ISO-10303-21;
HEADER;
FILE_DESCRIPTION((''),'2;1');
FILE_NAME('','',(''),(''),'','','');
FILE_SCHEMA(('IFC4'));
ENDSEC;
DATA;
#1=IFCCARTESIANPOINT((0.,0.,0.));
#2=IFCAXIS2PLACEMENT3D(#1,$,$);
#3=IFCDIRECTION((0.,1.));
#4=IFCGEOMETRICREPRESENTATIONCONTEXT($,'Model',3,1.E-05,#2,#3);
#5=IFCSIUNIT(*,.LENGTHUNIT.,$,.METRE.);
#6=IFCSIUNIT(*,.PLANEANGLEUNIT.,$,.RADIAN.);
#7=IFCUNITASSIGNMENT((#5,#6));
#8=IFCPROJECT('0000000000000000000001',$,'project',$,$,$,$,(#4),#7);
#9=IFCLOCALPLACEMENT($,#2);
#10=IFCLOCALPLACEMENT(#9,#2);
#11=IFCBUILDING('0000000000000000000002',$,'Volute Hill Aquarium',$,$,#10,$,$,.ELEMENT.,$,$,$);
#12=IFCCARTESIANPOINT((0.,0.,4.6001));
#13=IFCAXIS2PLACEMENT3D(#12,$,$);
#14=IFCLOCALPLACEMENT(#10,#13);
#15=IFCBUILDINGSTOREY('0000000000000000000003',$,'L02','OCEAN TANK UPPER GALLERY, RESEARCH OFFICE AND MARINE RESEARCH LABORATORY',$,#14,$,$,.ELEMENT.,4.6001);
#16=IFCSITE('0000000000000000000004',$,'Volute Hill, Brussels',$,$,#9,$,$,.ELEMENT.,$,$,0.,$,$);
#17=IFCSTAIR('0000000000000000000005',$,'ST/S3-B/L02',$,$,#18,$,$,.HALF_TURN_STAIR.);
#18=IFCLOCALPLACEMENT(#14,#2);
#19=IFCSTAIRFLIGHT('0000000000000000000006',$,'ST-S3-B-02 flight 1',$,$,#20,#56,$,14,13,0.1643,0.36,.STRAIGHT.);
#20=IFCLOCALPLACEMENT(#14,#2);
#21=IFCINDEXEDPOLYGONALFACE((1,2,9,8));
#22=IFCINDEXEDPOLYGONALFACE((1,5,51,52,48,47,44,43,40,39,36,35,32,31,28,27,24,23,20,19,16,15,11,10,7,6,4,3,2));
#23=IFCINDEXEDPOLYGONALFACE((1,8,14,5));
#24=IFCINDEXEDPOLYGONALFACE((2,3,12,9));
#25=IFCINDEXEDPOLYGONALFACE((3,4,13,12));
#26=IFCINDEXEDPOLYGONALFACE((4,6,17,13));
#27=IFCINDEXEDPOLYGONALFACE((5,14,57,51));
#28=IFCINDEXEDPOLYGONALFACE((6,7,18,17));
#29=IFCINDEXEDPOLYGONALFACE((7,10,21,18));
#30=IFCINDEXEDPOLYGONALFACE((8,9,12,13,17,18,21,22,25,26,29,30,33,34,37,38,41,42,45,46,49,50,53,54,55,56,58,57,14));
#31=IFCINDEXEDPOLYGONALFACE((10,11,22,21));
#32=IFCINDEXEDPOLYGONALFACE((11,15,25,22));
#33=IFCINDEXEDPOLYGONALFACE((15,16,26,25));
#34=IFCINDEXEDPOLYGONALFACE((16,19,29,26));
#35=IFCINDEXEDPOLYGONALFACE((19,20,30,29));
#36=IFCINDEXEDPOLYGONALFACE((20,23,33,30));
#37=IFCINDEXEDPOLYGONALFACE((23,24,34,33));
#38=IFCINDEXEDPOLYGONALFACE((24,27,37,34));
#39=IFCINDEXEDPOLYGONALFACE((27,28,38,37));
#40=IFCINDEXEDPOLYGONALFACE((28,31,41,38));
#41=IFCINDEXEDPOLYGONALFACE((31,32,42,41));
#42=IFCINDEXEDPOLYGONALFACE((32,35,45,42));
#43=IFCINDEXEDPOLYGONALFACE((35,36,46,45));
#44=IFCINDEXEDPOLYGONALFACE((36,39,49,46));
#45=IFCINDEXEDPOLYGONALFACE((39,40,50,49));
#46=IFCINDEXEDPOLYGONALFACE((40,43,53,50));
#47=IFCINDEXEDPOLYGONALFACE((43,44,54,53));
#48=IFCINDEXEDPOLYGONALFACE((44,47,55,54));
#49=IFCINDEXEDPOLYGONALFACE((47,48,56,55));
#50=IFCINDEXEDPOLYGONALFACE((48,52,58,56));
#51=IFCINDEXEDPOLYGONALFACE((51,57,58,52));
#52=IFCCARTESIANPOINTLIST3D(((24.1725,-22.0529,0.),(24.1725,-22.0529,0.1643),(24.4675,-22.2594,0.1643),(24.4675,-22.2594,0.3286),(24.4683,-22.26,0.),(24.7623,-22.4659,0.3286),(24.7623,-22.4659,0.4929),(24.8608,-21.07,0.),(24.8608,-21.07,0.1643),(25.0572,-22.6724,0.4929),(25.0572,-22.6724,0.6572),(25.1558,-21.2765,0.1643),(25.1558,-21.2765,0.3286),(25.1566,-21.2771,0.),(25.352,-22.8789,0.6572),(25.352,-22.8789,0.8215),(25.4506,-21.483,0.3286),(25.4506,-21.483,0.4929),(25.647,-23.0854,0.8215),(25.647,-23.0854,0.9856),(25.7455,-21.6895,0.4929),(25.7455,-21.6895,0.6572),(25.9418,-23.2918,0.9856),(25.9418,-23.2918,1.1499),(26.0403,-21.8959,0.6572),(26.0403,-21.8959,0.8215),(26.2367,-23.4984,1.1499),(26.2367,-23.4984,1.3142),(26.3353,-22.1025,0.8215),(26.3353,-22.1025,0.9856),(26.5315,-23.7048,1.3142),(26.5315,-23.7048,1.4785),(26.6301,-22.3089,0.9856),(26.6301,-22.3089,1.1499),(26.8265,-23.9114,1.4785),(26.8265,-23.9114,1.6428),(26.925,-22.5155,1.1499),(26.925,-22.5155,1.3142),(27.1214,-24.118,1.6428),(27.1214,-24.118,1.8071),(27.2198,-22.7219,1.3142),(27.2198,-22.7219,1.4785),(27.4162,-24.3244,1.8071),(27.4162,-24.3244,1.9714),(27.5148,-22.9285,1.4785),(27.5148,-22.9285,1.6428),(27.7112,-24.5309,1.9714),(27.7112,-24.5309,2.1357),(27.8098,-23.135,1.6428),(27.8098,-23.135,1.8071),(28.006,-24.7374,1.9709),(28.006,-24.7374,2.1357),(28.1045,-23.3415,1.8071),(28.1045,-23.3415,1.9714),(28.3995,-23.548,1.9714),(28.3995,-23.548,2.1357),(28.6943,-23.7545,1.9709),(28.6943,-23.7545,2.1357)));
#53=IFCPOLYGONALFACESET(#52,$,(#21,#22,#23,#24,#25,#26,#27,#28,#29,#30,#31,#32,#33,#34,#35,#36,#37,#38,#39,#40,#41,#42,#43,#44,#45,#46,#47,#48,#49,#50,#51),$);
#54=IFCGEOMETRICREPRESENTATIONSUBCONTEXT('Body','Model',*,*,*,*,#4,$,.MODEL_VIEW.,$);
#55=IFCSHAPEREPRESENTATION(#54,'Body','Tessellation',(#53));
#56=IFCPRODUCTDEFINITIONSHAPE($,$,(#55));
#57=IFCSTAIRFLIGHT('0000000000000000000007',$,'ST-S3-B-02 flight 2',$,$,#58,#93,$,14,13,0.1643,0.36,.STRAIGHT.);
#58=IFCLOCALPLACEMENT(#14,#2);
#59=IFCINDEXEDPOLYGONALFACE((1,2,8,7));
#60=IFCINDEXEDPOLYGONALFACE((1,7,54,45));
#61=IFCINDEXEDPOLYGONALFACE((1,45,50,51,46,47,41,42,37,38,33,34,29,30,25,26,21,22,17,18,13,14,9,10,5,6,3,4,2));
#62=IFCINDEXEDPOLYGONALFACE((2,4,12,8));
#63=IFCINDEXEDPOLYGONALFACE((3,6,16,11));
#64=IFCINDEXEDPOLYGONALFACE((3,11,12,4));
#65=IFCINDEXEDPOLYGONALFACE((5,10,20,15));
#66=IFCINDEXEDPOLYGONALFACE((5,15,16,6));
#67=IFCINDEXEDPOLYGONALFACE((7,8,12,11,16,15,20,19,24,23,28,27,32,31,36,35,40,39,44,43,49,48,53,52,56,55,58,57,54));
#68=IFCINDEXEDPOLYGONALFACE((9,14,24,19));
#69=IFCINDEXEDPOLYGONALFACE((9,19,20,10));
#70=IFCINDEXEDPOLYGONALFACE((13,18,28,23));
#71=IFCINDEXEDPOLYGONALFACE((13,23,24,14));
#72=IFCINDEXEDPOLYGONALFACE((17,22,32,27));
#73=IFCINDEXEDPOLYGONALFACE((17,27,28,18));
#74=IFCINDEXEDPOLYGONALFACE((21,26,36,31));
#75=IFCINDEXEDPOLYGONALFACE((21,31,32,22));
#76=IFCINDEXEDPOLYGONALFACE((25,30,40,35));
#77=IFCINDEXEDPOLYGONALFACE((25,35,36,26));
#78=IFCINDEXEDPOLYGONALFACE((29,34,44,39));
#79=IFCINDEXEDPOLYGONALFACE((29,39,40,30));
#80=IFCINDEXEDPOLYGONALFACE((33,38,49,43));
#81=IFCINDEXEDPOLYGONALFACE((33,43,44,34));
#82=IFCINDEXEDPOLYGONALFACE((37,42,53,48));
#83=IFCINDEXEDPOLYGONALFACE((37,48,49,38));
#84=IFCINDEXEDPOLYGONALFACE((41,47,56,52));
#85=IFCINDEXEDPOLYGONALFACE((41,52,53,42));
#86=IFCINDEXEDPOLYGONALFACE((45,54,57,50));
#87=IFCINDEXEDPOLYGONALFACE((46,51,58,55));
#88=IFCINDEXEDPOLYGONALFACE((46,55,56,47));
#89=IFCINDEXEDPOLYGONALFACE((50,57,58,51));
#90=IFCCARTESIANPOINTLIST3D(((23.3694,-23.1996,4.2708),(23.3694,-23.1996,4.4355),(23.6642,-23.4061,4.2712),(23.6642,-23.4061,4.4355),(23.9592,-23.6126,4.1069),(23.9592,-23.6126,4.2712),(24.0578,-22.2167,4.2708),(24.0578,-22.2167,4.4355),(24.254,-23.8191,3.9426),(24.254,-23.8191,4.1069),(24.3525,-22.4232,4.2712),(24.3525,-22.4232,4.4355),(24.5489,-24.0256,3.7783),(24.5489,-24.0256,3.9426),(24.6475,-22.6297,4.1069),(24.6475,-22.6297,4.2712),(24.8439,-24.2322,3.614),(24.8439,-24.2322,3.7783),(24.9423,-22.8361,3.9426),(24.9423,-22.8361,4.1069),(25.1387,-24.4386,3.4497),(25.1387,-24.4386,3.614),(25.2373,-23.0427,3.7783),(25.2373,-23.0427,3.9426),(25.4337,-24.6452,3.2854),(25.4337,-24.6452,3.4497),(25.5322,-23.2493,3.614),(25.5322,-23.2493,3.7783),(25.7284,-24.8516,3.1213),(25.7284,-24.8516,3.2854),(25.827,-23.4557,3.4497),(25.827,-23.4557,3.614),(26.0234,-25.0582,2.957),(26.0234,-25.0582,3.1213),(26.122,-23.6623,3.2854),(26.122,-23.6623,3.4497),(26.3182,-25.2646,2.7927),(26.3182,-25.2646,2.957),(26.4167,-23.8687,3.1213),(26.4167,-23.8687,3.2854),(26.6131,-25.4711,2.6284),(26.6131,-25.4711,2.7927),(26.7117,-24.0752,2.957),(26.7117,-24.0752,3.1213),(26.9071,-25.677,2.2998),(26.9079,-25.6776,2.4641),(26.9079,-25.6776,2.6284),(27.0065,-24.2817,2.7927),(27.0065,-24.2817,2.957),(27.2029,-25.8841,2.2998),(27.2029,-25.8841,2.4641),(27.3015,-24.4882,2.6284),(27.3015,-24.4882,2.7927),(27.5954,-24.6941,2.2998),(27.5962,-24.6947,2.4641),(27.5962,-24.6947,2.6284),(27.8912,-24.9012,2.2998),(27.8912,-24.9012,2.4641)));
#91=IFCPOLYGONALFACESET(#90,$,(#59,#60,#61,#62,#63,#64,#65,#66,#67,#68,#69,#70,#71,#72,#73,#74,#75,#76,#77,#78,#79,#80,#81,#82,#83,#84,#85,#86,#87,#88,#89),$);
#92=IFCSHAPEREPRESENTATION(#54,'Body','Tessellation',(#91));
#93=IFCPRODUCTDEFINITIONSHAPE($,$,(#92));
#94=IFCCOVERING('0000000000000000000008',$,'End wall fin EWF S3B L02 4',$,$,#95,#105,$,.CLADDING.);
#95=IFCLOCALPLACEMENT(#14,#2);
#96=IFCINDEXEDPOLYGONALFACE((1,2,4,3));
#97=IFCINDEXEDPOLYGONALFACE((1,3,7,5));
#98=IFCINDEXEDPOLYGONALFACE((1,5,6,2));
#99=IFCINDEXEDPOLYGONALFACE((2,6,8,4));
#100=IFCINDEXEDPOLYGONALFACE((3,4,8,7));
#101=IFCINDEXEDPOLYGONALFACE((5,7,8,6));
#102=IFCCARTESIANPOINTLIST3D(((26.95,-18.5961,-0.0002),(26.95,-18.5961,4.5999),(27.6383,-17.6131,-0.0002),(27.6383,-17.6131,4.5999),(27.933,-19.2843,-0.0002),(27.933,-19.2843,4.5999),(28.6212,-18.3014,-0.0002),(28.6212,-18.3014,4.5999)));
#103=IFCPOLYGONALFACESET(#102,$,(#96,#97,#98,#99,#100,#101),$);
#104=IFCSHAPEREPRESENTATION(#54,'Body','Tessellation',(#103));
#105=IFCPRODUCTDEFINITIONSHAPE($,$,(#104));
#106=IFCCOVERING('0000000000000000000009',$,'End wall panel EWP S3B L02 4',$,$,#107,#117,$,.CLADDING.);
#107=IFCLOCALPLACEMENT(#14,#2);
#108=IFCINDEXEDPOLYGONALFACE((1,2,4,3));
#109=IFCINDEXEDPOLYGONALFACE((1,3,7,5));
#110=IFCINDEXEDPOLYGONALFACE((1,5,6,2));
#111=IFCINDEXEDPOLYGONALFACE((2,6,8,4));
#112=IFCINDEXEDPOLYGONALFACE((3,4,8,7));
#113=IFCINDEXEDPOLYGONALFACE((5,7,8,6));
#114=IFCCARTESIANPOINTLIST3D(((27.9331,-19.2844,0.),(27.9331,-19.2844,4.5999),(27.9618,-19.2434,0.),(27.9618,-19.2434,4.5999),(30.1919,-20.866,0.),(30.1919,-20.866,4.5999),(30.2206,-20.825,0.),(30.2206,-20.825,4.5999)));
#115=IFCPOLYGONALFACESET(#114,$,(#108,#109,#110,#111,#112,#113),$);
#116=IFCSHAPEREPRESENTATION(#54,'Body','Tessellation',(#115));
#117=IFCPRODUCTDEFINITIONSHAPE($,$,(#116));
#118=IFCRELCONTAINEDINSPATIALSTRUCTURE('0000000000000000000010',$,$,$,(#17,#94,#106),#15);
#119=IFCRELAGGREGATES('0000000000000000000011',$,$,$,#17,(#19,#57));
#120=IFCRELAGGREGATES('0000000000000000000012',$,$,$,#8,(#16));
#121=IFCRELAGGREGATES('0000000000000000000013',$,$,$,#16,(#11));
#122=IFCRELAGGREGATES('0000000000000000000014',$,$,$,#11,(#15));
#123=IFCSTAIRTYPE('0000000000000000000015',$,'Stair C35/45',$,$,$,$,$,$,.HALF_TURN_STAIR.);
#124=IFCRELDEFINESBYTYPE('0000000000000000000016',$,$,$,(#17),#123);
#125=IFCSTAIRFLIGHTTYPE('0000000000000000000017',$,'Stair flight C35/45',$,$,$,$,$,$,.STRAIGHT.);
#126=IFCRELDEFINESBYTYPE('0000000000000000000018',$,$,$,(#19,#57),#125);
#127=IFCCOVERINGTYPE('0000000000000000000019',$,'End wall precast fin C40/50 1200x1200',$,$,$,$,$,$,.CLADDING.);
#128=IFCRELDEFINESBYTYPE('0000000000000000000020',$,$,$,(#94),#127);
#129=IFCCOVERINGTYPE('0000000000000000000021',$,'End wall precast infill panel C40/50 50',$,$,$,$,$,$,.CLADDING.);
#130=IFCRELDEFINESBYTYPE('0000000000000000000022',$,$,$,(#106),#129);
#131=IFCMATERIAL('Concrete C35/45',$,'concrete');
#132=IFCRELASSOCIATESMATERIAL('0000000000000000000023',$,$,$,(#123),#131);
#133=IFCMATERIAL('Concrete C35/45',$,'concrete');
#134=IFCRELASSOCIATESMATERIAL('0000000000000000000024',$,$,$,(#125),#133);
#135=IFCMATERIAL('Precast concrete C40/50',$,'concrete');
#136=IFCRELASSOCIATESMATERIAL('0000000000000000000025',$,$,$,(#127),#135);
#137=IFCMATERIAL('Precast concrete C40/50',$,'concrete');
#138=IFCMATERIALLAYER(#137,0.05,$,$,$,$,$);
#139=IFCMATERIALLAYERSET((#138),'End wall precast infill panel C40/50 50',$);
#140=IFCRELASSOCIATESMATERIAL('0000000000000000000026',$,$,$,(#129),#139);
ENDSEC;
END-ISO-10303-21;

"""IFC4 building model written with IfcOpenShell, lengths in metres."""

from ifc_helpers import new_model, si_unit, direction, frame, origin, origin_2d, place, context, subcontext, project, spatial, polyline, rectangle, outline, extrude, material, layer, layer_set, type_object, element, aggregate, save


model = new_model("IFC4")

# Units and contexts
model_context = context("Model", 3, precision=1e-05, world=origin(), true_north=direction((0.0, 1.0)))
body_context = subcontext(model_context, "Body", "Model", "MODEL_VIEW")
ifc_project = project(units=[si_unit("LENGTHUNIT", "METRE"), si_unit("PLANEANGLEUNIT", "RADIAN")], contexts=[model_context])

# Site, building, storey
site_placement = place(None, origin())
site = spatial("IfcSite", under=ifc_project, at=site_placement, Name="Volute Hill, Brussels", CompositionType="ELEMENT", RefElevation=0.0)
building_placement = place(site_placement, origin())
building = spatial("IfcBuilding", under=site, at=building_placement, Name="Volute Hill Aquarium", CompositionType="ELEMENT")
storey_placement = place(building_placement, frame((0.0, 0.0, 4.6001)))
storey = spatial("IfcBuildingStorey", under=building, at=storey_placement, Name="L02", Description="OCEAN TANK UPPER GALLERY, RESEARCH OFFICE AND MARINE RESEARCH LABORATORY", CompositionType="ELEMENT", Elevation=4.6001)

# Stair, stair flights
ifc_material_1 = material(Name="Concrete C35/45", Category="concrete")
stair_type = type_object("IfcStairType", Name="Stair C35/45", PredefinedType="HALF_TURN_STAIR", material=ifc_material_1)
stair_placement = place(storey_placement, origin())
stair = element("IfcStair", 1, at=stair_placement, inside=storey, type_object=stair_type, Name="ST/S3-B/L02", PredefinedType="HALF_TURN_STAIR")
ifc_material_2 = material(Name="Concrete C35/45", Category="concrete")
stair_flight_type = type_object("IfcStairFlightType", Name="Stair flight C35/45", PredefinedType="STRAIGHT", material=ifc_material_2)
stair_flight_1_placement = place(storey_placement, frame((24.5166, -21.5615, 0.0), z_axis=(0.0, 0.0, 1.0), x_axis=(0.819124, -0.573617, 0.0)))
stair_flight_1 = element("IfcStairFlight", 2, at=stair_flight_1_placement, type_object=stair_flight_type, Name="ST-S3-B-02 flight 1", NumberOfRisers=14, NumberOfTreads=13, PredefinedType="STRAIGHT", RiserHeight=0.1643, TreadLength=0.36, context=body_context, shape_type="SweptSolid", body=[
    extrude(outline(polyline([(0.0, 0.0), (0.0, 0.1643), (0.3601, 0.1643), (0.3601, 0.3286), (0.72, 0.3286), (0.72, 0.4929), (1.0801, 0.4929), (1.0801, 0.6572), (1.4399, 0.6572), (1.4399, 0.8215), (1.8, 0.8215), (1.8, 0.9856), (2.1599, 0.9856), (2.1599, 1.1499), (2.52, 1.1499), (2.52, 1.3142), (2.8799, 1.3142), (2.8799, 1.4785), (3.24, 1.4785), (3.24, 1.6428), (3.6001, 1.6428), (3.6001, 1.8071), (3.96, 1.8071), (3.96, 1.9714), (4.3201, 1.9714), (4.3201, 2.1357), (4.6799, 2.1357), (4.6799, 2.3), (4.6799, 1.9709), (0.3611, 0.0), (0.0, 0.0)])), frame((0.0, 0.6001, 0.0), z_axis=(0.0, -1.0, 0.0), x_axis=(1.0, 0.0, 0.0)), (0.0, 0.0, 1.0), 1.2),
])
stair_flight_2_placement = place(storey_placement, frame((27.5471, -25.3926, 2.2998), z_axis=(0.0, 0.0, 1.0), x_axis=(-0.819124, 0.573617, 0.0)))
stair_flight_2 = element("IfcStairFlight", 3, at=stair_flight_2_placement, type_object=stair_flight_type, Name="ST-S3-B-02 flight 2", NumberOfRisers=14, NumberOfTreads=13, PredefinedType="STRAIGHT", RiserHeight=0.1643, TreadLength=0.36, context=body_context, shape_type="SweptSolid", body=[
    extrude(outline(polyline([(0.0, 0.0), (0.0, 0.1643), (0.3601, 0.1643), (0.3601, 0.3286), (0.72, 0.3286), (0.72, 0.4929), (1.0801, 0.4929), (1.0801, 0.6572), (1.4399, 0.6572), (1.4399, 0.8215), (1.8, 0.8215), (1.8, 0.9856), (2.1599, 0.9856), (2.1599, 1.1499), (2.52, 1.1499), (2.52, 1.3142), (2.8799, 1.3142), (2.8799, 1.4785), (3.24, 1.4785), (3.24, 1.6428), (3.6001, 1.6428), (3.6001, 1.8071), (3.96, 1.8071), (3.96, 1.9714), (4.3201, 1.9714), (4.3201, 2.1357), (4.6799, 2.1357), (4.6799, 2.3), (4.6799, 1.9709), (0.3611, 0.0), (0.0, 0.0)])), frame((0.0, 0.6001, 0.0), z_axis=(0.0, -1.0, 0.0), x_axis=(1.0, 0.0, 0.0)), (0.0, 0.0, 1.0), 1.2),
])
aggregate(stair, [stair_flight_1, stair_flight_2])

# Coverings
ifc_material_3 = material(Name="Precast concrete C40/50", Category="concrete")
covering_type_1 = type_object("IfcCoveringType", Name="End wall precast fin C40/50 1200x1200", PredefinedType="CLADDING", material=ifc_material_3)
covering_1_placement = place(storey_placement, frame((27.7856, -18.4487, -0.0002), z_axis=(0.0, 0.0, 1.0), x_axis=(0.819152, -0.573576, 0.0)))
element("IfcCovering", 4, at=covering_1_placement, inside=storey, type_object=covering_type_1, Name="End wall fin EWF S3B L02 4", PredefinedType="CLADDING", context=body_context, shape_type="SweptSolid", body=[
    extrude(rectangle(XDim=1.2, YDim=1.2, at=origin_2d()), origin(), (0.0, 0.0, 1.0), 4.6001),
])
ifc_material_4 = material(Name="Precast concrete C40/50", Category="concrete")
ifc_layer_1 = layer(ifc_material_4, 0.05)
ifc_layer_set_1 = layer_set([ifc_layer_1], Name="End wall precast infill panel C40/50 50")
covering_type_2 = type_object("IfcCoveringType", Name="End wall precast infill panel C40/50 50", PredefinedType="CLADDING", material=ifc_layer_set_1)
covering_2_placement = place(storey_placement, frame((27.9331, -19.2844, 0.0), z_axis=(-0.573557, -0.819165, 0.0), x_axis=(0.819165, -0.573557, 0.0)))
element("IfcCovering", 5, at=covering_2_placement, inside=storey, type_object=covering_type_2, Name="End wall panel EWP S3B L02 4", PredefinedType="CLADDING", context=body_context, shape_type="SweptSolid", body=[
    extrude(outline(polyline([(0.0, 0.0), (2.7574, 0.0), (2.7574, 4.5999), (0.0, 4.5999), (0.0, 0.0)])), origin(), (0.0, 0.0, -1.0), 0.05),
])

save(model, "model.ifc")
